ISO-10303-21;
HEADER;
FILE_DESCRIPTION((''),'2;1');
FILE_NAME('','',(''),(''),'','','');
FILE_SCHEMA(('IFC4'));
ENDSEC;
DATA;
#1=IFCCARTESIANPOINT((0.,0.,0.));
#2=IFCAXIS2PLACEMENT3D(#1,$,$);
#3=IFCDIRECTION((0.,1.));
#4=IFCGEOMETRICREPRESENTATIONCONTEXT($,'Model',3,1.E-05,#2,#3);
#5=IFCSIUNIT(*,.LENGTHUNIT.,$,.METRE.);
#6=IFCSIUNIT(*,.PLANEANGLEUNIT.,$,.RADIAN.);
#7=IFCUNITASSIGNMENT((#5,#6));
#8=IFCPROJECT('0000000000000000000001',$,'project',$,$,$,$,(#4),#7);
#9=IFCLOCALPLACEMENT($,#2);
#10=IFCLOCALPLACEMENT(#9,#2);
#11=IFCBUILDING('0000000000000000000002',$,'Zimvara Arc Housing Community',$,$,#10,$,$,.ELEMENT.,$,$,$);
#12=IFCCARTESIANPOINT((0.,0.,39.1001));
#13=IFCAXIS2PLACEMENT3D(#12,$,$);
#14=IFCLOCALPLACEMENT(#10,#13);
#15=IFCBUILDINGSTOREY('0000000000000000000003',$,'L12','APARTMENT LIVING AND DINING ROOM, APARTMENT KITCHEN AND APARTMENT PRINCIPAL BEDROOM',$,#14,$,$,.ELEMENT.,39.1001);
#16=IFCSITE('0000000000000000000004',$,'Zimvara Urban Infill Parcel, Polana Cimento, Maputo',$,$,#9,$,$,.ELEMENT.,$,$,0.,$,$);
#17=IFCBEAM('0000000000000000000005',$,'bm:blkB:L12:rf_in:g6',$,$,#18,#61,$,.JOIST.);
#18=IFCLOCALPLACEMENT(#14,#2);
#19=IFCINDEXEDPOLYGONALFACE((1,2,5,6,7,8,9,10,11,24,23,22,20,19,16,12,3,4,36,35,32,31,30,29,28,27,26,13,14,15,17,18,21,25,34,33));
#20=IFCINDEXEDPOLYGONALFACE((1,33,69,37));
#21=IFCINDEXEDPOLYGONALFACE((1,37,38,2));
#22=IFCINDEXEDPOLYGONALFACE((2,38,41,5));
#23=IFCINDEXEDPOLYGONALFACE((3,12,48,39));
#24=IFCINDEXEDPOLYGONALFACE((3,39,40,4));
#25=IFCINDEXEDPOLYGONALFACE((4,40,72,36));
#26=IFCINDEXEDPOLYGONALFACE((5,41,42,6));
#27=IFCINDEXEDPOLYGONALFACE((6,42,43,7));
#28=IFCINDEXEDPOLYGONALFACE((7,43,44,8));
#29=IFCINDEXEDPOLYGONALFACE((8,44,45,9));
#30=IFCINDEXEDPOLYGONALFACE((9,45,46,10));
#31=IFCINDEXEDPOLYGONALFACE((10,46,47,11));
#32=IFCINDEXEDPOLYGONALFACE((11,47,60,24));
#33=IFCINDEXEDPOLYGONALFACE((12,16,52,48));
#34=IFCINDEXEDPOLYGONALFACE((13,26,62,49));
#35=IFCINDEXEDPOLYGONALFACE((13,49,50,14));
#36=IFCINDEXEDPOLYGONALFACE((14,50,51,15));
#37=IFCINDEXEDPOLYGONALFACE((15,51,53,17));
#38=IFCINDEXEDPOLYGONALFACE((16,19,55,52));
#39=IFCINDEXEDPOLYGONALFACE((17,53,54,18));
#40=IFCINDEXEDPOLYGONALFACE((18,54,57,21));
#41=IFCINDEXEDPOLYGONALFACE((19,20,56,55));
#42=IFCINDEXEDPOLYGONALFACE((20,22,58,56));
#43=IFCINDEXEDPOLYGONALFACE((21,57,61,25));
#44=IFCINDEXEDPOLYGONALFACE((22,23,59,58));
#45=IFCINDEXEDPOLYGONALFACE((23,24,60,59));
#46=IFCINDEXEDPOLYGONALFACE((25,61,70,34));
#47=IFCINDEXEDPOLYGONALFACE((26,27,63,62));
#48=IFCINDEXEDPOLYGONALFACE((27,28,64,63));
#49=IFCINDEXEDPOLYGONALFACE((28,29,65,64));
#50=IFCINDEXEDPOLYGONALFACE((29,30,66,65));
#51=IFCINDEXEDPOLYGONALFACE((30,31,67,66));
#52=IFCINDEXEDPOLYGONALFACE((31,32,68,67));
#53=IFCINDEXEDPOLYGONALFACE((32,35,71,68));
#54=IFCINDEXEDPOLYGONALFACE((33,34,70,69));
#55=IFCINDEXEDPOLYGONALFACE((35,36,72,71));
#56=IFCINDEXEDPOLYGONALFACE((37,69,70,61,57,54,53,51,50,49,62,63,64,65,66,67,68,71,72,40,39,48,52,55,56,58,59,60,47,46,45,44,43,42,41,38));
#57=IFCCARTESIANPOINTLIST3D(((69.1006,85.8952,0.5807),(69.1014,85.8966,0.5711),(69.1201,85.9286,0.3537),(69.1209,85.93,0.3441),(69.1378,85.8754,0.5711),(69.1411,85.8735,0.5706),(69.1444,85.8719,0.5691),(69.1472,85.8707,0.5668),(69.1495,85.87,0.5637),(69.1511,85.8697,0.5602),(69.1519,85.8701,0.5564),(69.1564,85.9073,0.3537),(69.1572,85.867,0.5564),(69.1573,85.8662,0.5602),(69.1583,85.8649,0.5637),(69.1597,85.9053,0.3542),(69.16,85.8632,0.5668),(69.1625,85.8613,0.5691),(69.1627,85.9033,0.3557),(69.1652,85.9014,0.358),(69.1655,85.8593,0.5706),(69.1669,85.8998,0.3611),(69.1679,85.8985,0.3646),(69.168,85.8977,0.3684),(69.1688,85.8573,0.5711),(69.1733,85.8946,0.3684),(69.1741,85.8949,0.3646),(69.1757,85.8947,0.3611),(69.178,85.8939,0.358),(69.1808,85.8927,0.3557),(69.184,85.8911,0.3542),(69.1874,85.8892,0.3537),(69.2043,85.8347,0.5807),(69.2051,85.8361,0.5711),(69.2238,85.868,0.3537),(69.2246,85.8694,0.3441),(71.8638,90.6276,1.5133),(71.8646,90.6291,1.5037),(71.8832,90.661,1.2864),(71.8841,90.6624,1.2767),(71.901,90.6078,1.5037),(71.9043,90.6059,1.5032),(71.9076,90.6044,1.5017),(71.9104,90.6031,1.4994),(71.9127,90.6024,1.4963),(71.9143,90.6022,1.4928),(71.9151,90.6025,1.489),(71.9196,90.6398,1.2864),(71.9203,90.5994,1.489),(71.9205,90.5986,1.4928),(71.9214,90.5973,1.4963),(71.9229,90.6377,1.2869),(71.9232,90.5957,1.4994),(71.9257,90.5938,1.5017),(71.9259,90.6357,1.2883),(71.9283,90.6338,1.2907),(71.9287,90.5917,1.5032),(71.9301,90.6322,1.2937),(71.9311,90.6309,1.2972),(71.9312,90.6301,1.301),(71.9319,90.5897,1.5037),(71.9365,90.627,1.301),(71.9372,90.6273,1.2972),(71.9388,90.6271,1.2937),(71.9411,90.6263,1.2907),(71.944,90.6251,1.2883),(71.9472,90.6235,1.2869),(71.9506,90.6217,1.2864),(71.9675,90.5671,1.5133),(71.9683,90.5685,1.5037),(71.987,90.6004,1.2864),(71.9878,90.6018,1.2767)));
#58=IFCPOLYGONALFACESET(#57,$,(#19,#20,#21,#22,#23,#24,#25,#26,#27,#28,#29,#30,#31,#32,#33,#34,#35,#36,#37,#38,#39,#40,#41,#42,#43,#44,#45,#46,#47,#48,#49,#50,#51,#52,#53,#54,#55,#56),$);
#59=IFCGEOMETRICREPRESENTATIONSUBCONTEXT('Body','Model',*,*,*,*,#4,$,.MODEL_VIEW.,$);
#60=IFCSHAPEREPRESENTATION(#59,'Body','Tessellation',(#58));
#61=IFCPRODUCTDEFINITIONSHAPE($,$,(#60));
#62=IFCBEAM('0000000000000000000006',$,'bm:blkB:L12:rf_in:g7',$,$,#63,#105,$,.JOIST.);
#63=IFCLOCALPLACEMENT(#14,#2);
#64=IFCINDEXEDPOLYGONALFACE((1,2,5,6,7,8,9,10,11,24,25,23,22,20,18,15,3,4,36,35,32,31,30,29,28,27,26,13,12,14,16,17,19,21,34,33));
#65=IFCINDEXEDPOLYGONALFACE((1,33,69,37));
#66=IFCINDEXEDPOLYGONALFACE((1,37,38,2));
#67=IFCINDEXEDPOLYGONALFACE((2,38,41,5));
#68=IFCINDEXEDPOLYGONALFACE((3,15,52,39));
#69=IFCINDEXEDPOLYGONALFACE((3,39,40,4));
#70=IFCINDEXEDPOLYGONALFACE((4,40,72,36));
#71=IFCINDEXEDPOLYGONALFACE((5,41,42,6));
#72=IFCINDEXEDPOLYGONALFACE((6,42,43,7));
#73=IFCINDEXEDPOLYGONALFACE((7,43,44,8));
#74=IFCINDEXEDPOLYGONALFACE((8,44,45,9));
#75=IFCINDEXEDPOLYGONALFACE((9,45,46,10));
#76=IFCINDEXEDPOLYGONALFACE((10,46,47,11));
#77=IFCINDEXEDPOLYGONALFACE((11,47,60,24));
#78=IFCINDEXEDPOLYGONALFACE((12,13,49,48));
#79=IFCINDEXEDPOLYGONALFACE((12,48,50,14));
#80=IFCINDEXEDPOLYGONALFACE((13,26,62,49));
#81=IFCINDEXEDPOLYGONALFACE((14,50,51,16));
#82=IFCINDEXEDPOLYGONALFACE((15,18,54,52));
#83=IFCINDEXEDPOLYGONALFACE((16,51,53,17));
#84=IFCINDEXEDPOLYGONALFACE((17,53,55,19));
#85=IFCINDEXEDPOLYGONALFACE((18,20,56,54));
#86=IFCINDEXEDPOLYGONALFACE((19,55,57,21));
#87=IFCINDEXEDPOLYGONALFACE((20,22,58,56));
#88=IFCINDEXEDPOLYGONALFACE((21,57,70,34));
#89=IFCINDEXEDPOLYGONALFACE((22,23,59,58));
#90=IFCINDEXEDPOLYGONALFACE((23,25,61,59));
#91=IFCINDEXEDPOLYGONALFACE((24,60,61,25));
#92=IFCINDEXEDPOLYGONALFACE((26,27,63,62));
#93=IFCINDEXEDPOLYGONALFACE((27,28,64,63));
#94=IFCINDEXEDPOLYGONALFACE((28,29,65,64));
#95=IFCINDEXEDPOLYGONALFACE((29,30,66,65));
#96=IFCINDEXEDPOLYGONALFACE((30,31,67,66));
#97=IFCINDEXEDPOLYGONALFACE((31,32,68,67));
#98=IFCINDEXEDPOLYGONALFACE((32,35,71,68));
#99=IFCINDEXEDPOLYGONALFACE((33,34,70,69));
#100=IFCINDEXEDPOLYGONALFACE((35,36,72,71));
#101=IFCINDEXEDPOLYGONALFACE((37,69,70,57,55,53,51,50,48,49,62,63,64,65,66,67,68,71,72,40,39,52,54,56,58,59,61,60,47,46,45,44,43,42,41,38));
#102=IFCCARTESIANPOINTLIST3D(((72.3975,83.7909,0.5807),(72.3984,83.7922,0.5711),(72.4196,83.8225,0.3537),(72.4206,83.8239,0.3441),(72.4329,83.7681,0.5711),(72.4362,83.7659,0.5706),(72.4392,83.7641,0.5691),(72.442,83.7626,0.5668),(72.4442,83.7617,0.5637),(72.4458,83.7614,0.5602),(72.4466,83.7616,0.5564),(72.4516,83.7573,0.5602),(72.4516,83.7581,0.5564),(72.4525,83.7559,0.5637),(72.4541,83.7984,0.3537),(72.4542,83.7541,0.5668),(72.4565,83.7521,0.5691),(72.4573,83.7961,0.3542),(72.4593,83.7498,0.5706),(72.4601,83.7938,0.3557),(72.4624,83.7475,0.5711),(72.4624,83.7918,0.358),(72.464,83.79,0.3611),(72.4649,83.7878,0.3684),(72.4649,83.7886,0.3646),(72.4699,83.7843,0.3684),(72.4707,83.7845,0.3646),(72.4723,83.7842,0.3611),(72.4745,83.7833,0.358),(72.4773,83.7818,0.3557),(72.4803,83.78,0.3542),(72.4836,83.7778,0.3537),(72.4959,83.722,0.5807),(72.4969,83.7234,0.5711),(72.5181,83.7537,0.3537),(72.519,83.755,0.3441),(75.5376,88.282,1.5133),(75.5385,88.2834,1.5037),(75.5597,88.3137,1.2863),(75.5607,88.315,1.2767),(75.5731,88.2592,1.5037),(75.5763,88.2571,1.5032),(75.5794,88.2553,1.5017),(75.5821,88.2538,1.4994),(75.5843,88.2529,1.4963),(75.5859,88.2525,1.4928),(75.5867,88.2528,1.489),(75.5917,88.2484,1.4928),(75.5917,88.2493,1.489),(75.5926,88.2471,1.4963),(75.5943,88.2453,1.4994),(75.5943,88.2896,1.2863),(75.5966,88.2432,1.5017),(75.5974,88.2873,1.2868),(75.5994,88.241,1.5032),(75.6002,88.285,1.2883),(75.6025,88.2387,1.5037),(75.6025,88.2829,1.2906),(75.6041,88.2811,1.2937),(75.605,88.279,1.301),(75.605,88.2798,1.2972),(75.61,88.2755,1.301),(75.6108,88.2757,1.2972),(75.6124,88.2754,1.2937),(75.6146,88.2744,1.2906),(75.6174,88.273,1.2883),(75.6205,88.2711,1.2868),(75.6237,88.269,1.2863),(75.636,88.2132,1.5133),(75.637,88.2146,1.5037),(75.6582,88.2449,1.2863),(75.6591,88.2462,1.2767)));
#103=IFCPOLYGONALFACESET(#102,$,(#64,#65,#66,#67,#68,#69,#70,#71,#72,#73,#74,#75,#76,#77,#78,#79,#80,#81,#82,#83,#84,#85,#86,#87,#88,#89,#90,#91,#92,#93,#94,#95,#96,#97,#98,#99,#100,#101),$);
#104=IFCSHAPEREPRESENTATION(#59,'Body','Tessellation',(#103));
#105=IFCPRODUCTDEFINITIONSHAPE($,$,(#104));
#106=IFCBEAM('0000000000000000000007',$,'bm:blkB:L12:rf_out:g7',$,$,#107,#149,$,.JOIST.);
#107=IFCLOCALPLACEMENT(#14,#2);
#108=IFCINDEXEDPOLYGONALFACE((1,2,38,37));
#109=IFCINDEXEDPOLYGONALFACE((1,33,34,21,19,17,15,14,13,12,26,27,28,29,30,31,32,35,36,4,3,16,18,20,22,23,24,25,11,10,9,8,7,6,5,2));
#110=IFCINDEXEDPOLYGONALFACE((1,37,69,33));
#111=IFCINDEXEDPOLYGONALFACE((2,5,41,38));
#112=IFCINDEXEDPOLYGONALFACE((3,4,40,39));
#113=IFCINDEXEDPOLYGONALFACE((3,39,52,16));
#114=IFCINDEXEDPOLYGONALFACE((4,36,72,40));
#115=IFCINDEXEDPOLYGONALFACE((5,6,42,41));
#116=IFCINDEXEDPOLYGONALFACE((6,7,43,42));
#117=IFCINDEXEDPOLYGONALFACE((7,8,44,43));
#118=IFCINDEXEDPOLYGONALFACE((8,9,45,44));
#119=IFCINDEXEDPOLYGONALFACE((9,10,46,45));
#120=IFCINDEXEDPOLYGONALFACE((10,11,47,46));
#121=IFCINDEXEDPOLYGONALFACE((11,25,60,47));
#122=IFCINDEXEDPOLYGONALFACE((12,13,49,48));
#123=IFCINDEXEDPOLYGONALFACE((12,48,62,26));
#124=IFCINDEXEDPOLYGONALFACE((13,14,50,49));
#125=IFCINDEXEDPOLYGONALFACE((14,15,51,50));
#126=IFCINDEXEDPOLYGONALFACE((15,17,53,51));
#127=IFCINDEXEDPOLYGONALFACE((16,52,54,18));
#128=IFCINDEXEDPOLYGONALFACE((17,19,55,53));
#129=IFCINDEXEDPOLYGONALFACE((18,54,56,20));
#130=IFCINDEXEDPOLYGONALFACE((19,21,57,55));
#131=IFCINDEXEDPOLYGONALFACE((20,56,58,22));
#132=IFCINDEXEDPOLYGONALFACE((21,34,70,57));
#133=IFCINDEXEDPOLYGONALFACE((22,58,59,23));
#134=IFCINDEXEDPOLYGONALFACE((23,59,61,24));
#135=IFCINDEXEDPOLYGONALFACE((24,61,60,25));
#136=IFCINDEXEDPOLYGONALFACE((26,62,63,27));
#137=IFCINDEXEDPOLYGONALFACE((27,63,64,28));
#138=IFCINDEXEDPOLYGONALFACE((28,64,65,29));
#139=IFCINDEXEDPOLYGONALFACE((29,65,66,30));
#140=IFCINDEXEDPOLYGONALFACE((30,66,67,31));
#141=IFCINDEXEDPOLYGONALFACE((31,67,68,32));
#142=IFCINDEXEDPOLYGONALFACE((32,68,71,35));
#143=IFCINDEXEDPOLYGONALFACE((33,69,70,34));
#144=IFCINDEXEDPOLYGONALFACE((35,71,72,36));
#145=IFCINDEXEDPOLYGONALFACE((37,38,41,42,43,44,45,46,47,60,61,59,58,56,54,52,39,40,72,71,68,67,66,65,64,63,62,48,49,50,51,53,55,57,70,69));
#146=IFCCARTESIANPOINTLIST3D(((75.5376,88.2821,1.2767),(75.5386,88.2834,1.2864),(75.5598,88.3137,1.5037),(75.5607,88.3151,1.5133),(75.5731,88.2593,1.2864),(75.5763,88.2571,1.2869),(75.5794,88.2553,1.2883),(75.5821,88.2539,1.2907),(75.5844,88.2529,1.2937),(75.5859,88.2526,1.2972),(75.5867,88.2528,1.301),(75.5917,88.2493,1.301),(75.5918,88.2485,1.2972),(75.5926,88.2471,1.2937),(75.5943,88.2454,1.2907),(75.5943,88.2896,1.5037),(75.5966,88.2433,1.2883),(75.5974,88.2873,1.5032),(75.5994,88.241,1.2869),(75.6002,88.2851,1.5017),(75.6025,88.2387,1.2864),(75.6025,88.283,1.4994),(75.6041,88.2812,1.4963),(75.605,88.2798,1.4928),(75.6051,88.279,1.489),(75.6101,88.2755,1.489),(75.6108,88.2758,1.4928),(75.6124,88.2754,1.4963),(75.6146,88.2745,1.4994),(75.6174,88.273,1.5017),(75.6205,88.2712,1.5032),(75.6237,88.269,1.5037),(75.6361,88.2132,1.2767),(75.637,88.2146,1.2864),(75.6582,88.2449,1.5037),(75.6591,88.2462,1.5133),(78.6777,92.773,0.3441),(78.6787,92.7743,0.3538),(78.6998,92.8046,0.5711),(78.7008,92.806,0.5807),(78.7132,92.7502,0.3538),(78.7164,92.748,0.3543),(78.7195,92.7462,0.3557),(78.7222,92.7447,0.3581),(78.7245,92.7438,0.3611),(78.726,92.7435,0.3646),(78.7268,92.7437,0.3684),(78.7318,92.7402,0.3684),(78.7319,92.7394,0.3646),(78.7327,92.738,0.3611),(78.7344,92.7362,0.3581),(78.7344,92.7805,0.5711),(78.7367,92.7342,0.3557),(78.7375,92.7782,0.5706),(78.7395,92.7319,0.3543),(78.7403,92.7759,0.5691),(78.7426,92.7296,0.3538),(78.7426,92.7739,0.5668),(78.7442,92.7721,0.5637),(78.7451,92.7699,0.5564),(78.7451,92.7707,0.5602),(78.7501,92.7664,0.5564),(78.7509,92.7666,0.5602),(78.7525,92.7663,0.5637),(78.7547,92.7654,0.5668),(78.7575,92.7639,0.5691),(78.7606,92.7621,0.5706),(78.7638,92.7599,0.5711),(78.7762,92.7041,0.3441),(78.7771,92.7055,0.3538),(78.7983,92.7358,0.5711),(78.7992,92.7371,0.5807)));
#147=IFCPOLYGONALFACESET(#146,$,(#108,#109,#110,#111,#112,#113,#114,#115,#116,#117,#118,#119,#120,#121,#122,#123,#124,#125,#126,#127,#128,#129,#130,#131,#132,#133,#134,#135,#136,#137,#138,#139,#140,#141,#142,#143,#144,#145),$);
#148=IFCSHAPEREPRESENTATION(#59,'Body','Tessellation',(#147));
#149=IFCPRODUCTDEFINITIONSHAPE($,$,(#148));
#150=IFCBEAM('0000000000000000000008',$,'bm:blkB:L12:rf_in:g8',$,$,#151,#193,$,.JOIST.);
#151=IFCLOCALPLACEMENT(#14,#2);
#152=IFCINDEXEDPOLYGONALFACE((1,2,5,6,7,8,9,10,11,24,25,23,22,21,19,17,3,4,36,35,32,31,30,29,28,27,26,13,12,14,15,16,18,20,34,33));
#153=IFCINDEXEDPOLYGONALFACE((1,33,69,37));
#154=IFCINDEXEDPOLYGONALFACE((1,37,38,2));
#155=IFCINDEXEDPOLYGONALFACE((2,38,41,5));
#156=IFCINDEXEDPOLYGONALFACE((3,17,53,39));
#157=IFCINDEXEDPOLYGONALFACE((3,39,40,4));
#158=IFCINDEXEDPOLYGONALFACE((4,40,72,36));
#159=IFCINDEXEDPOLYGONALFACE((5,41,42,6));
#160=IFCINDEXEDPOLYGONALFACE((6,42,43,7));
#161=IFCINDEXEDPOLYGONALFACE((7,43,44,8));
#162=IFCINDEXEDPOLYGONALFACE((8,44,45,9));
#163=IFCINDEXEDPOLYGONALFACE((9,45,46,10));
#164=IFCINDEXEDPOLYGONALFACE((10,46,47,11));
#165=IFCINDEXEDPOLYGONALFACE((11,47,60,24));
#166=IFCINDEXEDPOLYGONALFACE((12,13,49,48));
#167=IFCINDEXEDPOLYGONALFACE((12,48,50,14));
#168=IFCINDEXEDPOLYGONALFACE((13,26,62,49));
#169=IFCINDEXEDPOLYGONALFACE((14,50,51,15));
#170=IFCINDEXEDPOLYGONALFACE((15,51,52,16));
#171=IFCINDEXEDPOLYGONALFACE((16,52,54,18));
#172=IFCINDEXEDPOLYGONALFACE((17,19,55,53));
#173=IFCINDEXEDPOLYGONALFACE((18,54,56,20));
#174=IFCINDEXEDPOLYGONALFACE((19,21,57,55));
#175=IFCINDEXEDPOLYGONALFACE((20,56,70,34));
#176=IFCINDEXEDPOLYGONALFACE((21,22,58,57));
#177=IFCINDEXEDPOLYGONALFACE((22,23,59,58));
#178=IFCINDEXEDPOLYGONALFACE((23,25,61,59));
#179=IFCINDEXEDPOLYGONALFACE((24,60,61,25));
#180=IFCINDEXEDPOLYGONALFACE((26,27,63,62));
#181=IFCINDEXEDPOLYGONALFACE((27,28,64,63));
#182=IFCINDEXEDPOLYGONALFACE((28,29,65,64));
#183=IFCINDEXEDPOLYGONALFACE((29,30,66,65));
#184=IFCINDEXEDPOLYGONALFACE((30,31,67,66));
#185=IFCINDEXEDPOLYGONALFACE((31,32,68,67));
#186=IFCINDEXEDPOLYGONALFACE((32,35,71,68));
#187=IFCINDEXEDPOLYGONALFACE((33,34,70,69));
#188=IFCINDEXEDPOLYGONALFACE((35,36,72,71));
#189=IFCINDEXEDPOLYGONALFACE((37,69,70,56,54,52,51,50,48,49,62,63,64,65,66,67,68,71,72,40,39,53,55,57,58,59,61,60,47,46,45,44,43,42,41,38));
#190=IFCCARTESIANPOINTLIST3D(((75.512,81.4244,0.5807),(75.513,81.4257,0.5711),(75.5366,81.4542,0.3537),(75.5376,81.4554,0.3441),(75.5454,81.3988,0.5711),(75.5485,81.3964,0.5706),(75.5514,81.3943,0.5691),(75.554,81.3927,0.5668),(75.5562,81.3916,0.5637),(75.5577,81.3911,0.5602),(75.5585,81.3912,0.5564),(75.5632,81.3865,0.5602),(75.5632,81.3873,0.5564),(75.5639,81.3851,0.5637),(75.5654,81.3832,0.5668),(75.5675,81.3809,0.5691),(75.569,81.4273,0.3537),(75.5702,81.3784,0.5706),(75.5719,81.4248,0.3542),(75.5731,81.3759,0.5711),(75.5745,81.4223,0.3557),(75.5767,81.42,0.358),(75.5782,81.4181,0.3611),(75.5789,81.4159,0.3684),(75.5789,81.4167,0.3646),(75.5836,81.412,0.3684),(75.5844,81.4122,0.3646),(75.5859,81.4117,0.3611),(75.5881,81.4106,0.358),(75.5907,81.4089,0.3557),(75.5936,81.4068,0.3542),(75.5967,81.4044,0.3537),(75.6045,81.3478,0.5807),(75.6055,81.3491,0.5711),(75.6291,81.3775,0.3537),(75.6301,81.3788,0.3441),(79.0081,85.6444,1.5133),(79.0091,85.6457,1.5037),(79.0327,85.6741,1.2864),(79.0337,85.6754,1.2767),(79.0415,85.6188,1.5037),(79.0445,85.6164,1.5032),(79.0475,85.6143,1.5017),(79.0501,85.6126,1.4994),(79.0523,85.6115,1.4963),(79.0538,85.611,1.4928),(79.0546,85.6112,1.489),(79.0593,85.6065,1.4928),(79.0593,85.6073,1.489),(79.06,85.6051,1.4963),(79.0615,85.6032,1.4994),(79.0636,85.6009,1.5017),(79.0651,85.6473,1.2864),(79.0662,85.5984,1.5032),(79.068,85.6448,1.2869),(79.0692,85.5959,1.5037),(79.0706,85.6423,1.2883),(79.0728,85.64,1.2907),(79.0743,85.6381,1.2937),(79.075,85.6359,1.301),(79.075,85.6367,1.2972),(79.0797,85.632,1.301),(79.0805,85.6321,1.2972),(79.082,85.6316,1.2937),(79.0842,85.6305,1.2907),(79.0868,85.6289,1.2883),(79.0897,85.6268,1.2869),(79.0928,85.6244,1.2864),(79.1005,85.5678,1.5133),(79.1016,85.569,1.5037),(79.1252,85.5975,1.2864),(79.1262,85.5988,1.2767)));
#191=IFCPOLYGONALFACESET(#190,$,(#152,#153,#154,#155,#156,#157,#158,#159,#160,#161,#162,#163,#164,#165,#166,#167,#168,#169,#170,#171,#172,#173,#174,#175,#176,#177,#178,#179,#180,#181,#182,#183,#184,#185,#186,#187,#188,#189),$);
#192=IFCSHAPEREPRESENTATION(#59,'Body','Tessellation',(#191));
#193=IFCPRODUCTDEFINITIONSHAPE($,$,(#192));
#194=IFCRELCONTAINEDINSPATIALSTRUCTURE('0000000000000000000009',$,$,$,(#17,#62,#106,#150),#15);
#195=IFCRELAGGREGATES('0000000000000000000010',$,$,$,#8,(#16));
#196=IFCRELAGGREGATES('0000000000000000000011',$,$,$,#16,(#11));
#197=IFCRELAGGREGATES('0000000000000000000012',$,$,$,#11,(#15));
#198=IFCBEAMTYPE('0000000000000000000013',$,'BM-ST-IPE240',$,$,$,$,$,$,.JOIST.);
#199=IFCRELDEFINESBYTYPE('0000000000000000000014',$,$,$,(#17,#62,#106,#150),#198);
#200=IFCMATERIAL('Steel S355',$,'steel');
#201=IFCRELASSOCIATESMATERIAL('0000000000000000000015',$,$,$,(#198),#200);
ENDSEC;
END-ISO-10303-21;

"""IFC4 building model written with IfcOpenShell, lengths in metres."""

from ifc_helpers import new_model, si_unit, direction, frame, origin, origin_2d, place, context, subcontext, project, spatial, i_section, extrude, material, material_profile, profile_set, type_object, element, save


model = new_model("IFC4")

# Units and contexts
model_context = context("Model", 3, precision=1e-05, world=origin(), true_north=direction((0.0, 1.0)))
body_context = subcontext(model_context, "Body", "Model", "MODEL_VIEW")
ifc_project = project(units=[si_unit("LENGTHUNIT", "METRE"), si_unit("PLANEANGLEUNIT", "RADIAN")], contexts=[model_context])

# Site, building, storey
site_placement = place(None, origin())
site = spatial("IfcSite", under=ifc_project, at=site_placement, Name="Zimvara Urban Infill Parcel, Polana Cimento, Maputo", CompositionType="ELEMENT", RefElevation=0.0)
building_placement = place(site_placement, origin())
building = spatial("IfcBuilding", under=site, at=building_placement, Name="Zimvara Arc Housing Community", CompositionType="ELEMENT")
storey_placement = place(building_placement, frame((0.0, 0.0, 39.1001)))
storey = spatial("IfcBuildingStorey", under=building, at=storey_placement, Name="L12", Description="APARTMENT LIVING AND DINING ROOM, APARTMENT KITCHEN AND APARTMENT PRINCIPAL BEDROOM", CompositionType="ELEMENT", Elevation=39.1001)

# Beams
ifc_material_1 = material(Name="Steel S355", Category="steel")
ifc_material_profile_1 = material_profile(ifc_material_1, i_section(OverallWidth=0.1201, OverallDepth=0.24, WebThickness=0.0061, FlangeThickness=0.0098, FilletRadius=0.0149, at=origin_2d()), Name="IPE 240")
ifc_profile_set_1 = profile_set([ifc_material_profile_1], Name="Steel S355")
beam_type_1 = type_object("IfcBeamType", Name="BM-ST-IPE240", PredefinedType="JOIST", material=ifc_profile_set_1)
for number, where, z_axis, x_axis, name in (
    (1, (69.1626, 85.8823, 0.4624), (0.497079, 0.851332, 0.167772), (-0.863572, 0.504226, 0.0), "bm:blkB:L12:rf_in:g6"),
    (2, (72.4583, 83.7729, 0.4624), (0.564886, 0.807934, 0.167771), (-0.81955, 0.573008, 0.0), "bm:blkB:L12:rf_in:g7"),
):
    element("IfcBeam", number, at=place(storey_placement, frame(where, z_axis=z_axis, x_axis=x_axis)), inside=storey, type_object=beam_type_1, Name=name, PredefinedType="JOIST", context=body_context, shape_type="SweptSolid", body=[
        extrude(i_section(OverallWidth=0.1201, OverallDepth=0.24, WebThickness=0.0061, FlangeThickness=0.0098, FilletRadius=0.0149, at=origin_2d()), origin(), (0.0, 0.0, 1.0), 5.5588),
    ])
beam_1_placement = place(storey_placement, frame((75.5984, 88.2642, 1.395), z_axis=(0.564906, 0.807918, -0.167776), x_axis=(-0.819535, 0.573029, 0.0)))
element("IfcBeam", 3, at=beam_1_placement, inside=storey, type_object=beam_type_1, Name="bm:blkB:L12:rf_out:g7", PredefinedType="JOIST", context=body_context, shape_type="SweptSolid", body=[
    extrude(i_section(OverallWidth=0.1201, OverallDepth=0.24, WebThickness=0.0061, FlangeThickness=0.0098, FilletRadius=0.0149, at=origin_2d()), origin(), (0.0, 0.0, 1.0), 5.5586),
])
beam_2_placement = place(storey_placement, frame((75.571, 81.4016, 0.4624), z_axis=(0.628926, 0.759147, 0.167772), x_axis=(-0.770062, 0.637969, 0.0)))
element("IfcBeam", 4, at=beam_2_placement, inside=storey, type_object=beam_type_1, Name="bm:blkB:L12:rf_in:g8", PredefinedType="JOIST", context=body_context, shape_type="SweptSolid", body=[
    extrude(i_section(OverallWidth=0.1201, OverallDepth=0.24, WebThickness=0.0061, FlangeThickness=0.0098, FilletRadius=0.0149, at=origin_2d()), origin(), (0.0, 0.0, 1.0), 5.5588),
])

save(model, "model.ifc")
